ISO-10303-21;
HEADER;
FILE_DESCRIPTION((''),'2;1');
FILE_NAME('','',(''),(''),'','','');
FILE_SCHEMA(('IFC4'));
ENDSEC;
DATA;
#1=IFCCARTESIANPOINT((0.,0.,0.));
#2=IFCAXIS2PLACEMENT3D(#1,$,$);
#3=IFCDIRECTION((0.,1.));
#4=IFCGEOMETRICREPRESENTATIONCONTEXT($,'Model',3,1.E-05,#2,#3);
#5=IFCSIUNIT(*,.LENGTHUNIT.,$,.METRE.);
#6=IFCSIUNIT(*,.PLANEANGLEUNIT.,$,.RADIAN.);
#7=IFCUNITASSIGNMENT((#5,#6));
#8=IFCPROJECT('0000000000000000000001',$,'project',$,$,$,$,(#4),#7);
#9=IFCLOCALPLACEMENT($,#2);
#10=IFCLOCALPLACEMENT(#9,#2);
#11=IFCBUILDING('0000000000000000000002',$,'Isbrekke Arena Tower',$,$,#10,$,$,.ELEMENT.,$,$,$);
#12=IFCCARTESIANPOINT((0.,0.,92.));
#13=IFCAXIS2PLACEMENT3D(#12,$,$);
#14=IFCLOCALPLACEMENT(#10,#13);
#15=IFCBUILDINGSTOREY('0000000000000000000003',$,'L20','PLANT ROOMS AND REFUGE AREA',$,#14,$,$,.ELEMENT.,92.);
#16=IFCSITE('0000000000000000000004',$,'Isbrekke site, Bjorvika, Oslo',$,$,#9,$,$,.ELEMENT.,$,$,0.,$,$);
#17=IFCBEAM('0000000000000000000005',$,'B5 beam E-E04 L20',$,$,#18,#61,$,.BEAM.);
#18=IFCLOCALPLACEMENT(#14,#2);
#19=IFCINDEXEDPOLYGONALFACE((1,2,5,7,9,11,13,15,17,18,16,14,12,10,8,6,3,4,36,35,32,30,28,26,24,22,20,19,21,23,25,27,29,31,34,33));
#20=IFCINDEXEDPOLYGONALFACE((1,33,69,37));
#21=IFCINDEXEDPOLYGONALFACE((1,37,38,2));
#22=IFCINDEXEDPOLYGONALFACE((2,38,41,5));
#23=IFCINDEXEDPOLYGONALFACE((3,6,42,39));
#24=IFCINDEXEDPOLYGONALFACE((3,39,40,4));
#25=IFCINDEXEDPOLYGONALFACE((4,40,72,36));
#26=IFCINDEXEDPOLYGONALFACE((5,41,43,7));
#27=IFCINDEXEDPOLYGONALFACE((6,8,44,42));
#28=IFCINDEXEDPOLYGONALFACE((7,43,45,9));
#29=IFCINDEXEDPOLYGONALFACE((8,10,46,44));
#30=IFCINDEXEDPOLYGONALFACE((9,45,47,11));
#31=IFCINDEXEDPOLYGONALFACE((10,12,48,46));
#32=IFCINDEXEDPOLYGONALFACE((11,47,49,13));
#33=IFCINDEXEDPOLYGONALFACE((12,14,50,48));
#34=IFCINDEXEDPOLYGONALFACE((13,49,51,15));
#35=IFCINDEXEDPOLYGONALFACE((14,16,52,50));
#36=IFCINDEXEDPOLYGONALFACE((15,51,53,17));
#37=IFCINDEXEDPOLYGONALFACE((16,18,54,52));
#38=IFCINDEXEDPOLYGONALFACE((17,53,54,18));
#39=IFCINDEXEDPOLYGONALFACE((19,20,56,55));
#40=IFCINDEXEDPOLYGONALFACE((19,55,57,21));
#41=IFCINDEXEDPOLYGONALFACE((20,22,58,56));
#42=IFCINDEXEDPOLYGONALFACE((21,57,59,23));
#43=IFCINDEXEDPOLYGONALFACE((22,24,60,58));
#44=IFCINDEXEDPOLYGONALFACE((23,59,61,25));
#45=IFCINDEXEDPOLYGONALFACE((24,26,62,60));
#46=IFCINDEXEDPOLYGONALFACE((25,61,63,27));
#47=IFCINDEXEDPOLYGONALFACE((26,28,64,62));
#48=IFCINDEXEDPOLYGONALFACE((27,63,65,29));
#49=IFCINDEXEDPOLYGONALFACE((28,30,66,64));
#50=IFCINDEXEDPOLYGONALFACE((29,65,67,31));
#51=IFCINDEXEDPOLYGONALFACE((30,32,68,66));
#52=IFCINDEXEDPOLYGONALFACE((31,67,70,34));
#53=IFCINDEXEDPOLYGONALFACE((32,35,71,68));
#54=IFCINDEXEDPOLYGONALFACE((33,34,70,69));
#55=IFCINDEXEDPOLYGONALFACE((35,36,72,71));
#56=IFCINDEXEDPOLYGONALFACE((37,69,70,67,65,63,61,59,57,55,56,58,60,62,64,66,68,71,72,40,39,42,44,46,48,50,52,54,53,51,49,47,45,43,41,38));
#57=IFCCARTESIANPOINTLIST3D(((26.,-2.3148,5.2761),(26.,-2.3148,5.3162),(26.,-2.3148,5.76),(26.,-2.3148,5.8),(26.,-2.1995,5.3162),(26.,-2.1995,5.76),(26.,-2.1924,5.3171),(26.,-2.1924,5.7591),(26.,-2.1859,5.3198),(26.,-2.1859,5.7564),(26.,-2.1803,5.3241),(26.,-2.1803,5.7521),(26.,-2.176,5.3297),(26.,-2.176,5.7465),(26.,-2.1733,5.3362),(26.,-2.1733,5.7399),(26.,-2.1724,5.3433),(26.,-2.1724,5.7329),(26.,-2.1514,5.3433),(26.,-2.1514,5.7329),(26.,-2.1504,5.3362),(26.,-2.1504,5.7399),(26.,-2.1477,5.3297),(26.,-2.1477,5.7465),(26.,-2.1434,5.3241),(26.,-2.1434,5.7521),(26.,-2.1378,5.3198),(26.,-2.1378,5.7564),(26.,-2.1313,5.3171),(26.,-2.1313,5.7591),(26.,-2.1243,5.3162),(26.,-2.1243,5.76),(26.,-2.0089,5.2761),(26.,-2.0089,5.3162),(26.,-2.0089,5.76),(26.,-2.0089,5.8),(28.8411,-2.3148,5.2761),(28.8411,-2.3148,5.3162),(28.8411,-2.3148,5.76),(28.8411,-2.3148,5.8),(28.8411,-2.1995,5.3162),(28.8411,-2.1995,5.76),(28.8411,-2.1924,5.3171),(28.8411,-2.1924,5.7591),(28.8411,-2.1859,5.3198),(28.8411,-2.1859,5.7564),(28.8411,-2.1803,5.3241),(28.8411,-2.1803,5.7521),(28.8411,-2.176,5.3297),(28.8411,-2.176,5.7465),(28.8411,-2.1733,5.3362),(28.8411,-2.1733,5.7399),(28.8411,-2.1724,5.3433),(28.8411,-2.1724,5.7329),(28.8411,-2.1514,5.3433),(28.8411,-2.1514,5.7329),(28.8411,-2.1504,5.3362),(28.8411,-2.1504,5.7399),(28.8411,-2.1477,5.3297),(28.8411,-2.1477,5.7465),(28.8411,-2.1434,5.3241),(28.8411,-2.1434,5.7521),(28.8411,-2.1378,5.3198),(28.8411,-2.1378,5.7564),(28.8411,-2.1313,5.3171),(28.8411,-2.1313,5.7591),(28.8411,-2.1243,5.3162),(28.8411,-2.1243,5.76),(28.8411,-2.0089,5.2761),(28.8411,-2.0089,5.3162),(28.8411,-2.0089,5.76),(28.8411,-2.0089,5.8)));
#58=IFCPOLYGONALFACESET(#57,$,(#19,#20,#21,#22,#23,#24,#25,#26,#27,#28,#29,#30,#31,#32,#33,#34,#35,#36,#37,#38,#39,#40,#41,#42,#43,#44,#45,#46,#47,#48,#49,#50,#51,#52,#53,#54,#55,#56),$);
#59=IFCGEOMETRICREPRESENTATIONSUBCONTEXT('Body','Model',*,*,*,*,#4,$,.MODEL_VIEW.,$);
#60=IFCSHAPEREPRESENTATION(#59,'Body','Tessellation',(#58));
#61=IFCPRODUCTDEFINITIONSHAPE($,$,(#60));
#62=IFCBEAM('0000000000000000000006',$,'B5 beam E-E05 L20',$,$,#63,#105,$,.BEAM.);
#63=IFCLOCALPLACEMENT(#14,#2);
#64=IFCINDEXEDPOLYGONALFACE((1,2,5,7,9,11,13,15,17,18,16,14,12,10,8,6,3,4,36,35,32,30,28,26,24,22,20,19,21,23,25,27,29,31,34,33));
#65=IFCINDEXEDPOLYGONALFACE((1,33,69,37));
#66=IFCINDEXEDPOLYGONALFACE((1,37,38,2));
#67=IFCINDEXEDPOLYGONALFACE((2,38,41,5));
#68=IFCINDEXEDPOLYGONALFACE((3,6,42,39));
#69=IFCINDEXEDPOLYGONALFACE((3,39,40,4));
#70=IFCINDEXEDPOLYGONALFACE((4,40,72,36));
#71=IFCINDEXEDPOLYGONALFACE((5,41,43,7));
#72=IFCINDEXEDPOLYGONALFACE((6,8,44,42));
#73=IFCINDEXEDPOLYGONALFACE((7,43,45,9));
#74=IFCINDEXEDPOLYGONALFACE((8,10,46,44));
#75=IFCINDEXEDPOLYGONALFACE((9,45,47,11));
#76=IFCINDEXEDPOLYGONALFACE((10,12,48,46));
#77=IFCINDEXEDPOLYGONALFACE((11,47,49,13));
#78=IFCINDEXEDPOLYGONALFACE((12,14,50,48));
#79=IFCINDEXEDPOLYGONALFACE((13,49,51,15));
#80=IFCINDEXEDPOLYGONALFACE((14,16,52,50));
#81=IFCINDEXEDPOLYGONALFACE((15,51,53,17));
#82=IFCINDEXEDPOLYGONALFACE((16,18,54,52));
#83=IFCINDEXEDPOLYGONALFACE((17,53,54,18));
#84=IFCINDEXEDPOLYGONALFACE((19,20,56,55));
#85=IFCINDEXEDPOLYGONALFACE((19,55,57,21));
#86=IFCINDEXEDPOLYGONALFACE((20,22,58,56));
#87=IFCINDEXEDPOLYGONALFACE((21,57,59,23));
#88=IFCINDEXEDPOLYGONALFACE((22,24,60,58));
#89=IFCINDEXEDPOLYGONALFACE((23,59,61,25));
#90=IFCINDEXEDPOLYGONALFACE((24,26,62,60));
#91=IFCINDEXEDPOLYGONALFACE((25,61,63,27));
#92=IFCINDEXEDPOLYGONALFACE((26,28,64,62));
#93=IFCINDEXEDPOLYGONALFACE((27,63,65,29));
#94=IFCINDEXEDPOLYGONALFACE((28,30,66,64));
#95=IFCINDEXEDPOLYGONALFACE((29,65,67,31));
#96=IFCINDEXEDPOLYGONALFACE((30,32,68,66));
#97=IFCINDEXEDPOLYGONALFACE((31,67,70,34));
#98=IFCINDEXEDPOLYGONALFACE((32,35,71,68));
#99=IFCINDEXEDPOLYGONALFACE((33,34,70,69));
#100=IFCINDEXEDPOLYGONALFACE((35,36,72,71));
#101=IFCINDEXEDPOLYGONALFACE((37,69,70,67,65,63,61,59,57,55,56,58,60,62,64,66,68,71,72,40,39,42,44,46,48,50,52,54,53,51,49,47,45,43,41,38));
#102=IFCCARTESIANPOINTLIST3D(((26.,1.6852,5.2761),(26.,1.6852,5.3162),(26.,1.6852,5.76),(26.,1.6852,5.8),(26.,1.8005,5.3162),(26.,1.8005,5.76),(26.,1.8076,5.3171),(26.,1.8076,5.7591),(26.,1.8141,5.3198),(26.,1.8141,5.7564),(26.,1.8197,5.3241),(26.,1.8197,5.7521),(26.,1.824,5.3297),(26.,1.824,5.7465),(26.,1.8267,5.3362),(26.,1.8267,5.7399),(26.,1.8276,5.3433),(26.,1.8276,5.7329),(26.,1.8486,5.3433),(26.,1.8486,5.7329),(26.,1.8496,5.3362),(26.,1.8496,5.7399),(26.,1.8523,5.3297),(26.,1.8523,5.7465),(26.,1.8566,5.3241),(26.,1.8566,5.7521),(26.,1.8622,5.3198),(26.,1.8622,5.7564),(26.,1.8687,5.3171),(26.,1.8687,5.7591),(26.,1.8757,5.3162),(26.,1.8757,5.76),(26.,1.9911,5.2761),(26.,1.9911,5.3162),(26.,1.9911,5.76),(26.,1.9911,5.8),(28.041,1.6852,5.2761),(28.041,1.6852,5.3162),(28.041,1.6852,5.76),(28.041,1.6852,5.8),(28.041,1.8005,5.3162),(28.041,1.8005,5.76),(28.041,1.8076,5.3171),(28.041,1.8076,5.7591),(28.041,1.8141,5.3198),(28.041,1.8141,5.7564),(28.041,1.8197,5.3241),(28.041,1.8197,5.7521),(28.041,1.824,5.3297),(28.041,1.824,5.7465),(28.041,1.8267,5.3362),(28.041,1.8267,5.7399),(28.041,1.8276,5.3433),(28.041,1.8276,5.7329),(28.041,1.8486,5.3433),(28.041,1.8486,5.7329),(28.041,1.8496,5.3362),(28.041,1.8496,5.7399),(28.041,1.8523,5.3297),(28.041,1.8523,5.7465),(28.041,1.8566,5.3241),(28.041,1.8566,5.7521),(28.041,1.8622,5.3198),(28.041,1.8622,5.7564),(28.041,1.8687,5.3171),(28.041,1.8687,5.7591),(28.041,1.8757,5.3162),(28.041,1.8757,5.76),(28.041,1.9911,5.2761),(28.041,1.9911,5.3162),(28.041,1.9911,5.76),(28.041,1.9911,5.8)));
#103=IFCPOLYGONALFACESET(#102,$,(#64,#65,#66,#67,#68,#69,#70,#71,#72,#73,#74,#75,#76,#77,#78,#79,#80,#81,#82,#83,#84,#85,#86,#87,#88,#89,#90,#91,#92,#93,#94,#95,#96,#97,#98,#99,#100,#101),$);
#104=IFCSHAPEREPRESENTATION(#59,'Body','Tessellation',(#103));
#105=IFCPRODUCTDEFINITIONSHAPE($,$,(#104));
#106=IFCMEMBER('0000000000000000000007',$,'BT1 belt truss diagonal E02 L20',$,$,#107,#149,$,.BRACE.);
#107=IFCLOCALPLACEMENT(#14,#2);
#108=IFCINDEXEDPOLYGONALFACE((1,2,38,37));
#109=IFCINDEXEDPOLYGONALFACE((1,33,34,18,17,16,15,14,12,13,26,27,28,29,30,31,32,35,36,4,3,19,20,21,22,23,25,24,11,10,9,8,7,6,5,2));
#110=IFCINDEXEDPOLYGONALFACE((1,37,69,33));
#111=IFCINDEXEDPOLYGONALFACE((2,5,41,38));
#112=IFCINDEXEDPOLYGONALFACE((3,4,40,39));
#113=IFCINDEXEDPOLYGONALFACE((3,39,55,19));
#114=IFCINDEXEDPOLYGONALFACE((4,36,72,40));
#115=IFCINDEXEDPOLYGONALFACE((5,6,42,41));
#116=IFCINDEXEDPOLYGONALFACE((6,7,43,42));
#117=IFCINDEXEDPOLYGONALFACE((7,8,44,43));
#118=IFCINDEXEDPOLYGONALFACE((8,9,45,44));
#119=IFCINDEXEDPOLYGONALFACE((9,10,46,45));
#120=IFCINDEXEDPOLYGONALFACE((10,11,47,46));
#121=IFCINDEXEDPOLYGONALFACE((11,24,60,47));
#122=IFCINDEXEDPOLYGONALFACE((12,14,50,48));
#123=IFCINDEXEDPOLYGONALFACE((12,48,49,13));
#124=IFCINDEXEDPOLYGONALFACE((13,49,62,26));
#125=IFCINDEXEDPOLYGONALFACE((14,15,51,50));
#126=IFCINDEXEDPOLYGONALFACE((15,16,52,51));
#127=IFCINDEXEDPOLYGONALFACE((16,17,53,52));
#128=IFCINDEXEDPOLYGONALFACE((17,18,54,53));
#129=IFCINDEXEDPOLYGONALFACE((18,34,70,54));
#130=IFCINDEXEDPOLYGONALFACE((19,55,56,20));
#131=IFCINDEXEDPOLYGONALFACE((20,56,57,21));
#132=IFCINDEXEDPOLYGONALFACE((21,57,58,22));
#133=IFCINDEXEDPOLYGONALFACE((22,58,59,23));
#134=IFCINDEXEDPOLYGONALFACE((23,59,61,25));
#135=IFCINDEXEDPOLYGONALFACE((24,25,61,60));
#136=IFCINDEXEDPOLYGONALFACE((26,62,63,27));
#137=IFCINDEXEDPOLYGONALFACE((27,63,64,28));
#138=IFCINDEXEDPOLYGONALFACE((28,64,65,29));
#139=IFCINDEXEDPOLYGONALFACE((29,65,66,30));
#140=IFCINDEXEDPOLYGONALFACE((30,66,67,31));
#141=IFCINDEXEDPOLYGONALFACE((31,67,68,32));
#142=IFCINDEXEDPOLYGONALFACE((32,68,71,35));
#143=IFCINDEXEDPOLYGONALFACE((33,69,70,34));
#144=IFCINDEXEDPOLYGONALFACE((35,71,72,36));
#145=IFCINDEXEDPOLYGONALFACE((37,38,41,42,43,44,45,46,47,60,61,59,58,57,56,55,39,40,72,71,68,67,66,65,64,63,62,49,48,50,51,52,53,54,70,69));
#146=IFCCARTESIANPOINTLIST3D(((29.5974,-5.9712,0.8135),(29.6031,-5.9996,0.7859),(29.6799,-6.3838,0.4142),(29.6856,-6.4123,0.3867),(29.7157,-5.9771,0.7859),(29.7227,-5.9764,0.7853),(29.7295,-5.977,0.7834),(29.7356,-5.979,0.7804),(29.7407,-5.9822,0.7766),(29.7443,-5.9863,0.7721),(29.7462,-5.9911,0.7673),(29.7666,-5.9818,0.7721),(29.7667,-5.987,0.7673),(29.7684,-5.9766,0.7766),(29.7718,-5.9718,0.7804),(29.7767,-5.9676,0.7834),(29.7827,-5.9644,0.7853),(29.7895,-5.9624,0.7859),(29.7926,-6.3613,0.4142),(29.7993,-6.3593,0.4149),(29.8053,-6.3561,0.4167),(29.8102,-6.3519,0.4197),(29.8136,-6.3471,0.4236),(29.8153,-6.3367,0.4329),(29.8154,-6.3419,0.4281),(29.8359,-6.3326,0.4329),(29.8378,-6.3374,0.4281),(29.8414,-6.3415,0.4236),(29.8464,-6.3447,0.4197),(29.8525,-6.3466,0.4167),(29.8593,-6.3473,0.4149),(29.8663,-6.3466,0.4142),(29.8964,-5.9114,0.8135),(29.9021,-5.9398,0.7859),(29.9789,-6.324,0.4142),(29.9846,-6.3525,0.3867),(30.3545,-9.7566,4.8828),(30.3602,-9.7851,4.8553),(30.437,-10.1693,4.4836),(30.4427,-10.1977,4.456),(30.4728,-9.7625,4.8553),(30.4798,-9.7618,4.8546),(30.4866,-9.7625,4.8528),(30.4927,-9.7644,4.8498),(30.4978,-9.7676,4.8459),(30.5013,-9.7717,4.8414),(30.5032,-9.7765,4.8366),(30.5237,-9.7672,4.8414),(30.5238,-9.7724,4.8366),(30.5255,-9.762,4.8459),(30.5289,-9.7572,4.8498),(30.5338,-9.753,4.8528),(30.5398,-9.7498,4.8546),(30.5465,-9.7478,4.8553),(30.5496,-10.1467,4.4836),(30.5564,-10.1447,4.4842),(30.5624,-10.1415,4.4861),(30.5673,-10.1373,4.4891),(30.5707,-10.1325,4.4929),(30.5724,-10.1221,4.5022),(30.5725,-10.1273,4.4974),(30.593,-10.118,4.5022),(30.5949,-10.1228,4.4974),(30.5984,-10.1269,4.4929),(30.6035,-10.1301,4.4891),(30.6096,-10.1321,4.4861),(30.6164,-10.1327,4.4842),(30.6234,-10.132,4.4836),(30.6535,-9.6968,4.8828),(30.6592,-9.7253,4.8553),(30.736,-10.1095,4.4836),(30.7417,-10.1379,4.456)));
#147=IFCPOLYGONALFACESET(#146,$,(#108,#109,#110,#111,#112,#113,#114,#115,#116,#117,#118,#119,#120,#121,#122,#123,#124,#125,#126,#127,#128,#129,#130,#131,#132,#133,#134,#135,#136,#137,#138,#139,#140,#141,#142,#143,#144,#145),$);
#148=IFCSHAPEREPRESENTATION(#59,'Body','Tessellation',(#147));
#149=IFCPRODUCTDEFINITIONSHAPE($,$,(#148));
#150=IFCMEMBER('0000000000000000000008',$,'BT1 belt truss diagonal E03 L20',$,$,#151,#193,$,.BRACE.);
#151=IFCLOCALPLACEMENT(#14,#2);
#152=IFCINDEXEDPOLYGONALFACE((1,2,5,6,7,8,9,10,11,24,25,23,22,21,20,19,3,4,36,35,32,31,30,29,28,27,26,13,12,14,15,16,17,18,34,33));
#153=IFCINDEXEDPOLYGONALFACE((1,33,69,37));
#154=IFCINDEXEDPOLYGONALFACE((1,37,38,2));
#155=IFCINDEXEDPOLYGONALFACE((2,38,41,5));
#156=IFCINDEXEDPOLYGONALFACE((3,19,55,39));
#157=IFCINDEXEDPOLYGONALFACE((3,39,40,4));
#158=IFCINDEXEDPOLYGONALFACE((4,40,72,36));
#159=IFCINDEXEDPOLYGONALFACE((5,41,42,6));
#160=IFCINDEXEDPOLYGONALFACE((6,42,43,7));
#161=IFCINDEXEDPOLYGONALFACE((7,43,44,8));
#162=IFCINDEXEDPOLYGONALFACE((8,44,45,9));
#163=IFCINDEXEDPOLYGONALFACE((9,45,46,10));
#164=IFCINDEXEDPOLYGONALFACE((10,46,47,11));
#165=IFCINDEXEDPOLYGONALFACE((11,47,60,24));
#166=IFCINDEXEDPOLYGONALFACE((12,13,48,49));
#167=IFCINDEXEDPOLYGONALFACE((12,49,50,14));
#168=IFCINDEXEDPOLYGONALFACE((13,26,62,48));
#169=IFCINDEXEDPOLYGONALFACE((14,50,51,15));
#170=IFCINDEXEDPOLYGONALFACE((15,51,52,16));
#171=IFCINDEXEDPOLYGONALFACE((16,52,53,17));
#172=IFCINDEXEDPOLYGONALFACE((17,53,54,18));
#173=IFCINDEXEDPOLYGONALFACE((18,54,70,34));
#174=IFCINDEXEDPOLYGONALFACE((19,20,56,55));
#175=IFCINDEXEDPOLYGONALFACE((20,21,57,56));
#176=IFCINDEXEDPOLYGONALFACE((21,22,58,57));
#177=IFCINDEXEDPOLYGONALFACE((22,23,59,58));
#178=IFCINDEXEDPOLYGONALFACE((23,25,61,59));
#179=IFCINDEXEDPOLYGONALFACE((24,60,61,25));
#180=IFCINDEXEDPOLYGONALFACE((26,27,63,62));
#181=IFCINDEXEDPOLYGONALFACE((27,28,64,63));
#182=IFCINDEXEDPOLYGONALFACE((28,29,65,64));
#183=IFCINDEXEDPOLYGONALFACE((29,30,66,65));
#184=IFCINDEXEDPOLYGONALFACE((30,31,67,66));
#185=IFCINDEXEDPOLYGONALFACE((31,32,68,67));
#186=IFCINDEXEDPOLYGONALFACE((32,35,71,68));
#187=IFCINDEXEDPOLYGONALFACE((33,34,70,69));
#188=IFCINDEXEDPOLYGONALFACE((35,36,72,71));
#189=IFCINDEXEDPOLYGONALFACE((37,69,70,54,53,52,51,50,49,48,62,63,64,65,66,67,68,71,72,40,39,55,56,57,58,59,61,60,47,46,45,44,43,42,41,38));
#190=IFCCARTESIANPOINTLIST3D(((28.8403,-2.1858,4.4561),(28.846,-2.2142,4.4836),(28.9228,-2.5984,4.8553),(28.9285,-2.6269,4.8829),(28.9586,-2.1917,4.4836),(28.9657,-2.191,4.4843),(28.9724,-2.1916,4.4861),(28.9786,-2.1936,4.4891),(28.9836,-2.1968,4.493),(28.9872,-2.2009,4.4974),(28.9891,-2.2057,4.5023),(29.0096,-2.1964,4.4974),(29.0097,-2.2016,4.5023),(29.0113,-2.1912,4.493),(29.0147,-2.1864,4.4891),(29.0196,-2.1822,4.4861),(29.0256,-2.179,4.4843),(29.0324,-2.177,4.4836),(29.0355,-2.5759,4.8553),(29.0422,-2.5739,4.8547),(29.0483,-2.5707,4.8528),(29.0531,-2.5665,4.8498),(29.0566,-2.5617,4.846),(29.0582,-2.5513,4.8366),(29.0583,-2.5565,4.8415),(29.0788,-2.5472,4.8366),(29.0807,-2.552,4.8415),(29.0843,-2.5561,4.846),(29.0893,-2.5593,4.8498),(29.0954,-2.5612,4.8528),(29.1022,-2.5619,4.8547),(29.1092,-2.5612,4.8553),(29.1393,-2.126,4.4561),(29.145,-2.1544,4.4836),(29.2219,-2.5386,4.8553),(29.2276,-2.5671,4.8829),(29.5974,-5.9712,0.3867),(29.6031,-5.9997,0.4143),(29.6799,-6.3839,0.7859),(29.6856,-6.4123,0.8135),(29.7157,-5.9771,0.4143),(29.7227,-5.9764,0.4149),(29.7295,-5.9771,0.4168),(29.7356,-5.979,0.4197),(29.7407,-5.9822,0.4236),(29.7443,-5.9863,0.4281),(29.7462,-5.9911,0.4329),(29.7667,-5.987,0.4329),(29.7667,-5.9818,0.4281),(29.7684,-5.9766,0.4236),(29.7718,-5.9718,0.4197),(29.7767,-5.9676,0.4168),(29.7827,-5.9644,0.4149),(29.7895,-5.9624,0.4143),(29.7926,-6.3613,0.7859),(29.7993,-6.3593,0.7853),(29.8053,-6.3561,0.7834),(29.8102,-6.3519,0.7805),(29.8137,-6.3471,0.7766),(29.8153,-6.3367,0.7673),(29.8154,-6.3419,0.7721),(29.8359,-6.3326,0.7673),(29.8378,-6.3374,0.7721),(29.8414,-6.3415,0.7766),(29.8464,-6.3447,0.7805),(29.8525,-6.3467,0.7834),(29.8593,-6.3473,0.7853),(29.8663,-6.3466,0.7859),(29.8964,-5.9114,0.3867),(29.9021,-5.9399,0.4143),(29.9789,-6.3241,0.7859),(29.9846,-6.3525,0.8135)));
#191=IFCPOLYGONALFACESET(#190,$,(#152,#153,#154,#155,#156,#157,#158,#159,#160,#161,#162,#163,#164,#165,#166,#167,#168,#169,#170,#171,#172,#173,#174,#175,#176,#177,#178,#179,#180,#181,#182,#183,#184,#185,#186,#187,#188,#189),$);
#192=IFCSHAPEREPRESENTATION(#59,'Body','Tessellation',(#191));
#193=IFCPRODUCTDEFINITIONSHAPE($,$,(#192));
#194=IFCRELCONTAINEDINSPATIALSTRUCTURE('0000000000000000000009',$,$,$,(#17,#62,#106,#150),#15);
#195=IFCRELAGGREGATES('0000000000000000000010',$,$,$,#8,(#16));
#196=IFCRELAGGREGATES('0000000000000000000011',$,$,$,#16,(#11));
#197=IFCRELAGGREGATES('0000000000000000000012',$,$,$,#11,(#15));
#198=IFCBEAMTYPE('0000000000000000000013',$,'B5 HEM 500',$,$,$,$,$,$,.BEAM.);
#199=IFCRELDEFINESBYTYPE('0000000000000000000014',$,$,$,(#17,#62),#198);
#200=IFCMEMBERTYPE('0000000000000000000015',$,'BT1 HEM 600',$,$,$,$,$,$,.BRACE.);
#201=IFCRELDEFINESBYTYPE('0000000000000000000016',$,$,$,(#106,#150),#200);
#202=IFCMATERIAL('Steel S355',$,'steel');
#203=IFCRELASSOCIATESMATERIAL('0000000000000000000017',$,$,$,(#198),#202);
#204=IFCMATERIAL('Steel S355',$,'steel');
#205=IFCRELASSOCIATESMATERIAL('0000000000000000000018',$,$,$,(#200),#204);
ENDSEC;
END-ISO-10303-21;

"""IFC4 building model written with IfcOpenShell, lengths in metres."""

from ifc_helpers import new_model, si_unit, direction, frame, origin, origin_2d, place, context, subcontext, project, spatial, i_section, extrude, material, material_profile, profile_set, type_object, element, save


model = new_model("IFC4")

# Units and contexts
model_context = context("Model", 3, precision=1e-05, world=origin(), true_north=direction((0.0, 1.0)))
body_context = subcontext(model_context, "Body", "Model", "MODEL_VIEW")
ifc_project = project(units=[si_unit("LENGTHUNIT", "METRE"), si_unit("PLANEANGLEUNIT", "RADIAN")], contexts=[model_context])

# Site, building, storey
site_placement = place(None, origin())
site = spatial("IfcSite", under=ifc_project, at=site_placement, Name="Isbrekke site, Bjorvika, Oslo", CompositionType="ELEMENT", RefElevation=0.0)
building_placement = place(site_placement, origin())
building = spatial("IfcBuilding", under=site, at=building_placement, Name="Isbrekke Arena Tower", CompositionType="ELEMENT")
storey_placement = place(building_placement, frame((0.0, 0.0, 92.0)))
storey = spatial("IfcBuildingStorey", under=building, at=storey_placement, Name="L20", Description="PLANT ROOMS AND REFUGE AREA", CompositionType="ELEMENT", Elevation=92.0)

# Beams
ifc_material_1 = material(Name="Steel S355", Category="steel")
ifc_material_profile_1 = material_profile(ifc_material_1, i_section(OverallWidth=0.3059, OverallDepth=0.5239, WebThickness=0.021, FlangeThickness=0.04, FilletRadius=0.0271, at=origin_2d()), Name="HEM 500")
ifc_profile_set_1 = profile_set([ifc_material_profile_1], Name="Steel S355")
beam_type_1 = type_object("IfcBeamType", Name="B5 HEM 500", PredefinedType="BEAM", material=ifc_profile_set_1)
beam_1_placement = place(storey_placement, frame((28.8411, -2.1619, 5.5381), z_axis=(-1.0, 0.0, 0.0), x_axis=(0.0, -1.0, 0.0)))
element("IfcBeam", 1, at=beam_1_placement, inside=storey, type_object=beam_type_1, Name="B5 beam E-E04 L20", PredefinedType="BEAM", context=body_context, shape_type="SweptSolid", body=[
    extrude(i_section(OverallWidth=0.3059, OverallDepth=0.5239, WebThickness=0.021, FlangeThickness=0.04, FilletRadius=0.0271, at=origin_2d()), origin(), (0.0, 0.0, 1.0), 2.8411),
])
beam_2_placement = place(storey_placement, frame((28.041, 1.8381, 5.5381), z_axis=(-1.0, 0.0, 0.0), x_axis=(0.0, -1.0, 0.0)))
element("IfcBeam", 2, at=beam_2_placement, inside=storey, type_object=beam_type_1, Name="B5 beam E-E05 L20", PredefinedType="BEAM", context=body_context, shape_type="SweptSolid", body=[
    extrude(i_section(OverallWidth=0.3059, OverallDepth=0.5239, WebThickness=0.021, FlangeThickness=0.04, FilletRadius=0.0271, at=origin_2d()), origin(), (0.0, 0.0, 1.0), 2.041),
])

# Members
ifc_material_2 = material(Name="Steel S355", Category="steel")
ifc_material_profile_2 = material_profile(ifc_material_2, i_section(OverallWidth=0.3049, OverallDepth=0.6201, WebThickness=0.021, FlangeThickness=0.04, FilletRadius=0.0271, at=origin_2d()), Name="HEM 600")
ifc_profile_set_2 = profile_set([ifc_material_profile_2], Name="Steel S355")
member_type_1 = type_object("IfcMemberType", Name="BT1 HEM 600", PredefinedType="BRACE", material=ifc_profile_set_2)
for number, where, z_axis, x_axis, name in (
    (3, (30.5481, -9.9473, 4.6694), (-0.134974, 0.674869, -0.725489), (-0.980581, -0.196116, 0.0), "BT1 belt truss diagonal E02 L20"),
    (4, (29.791, -6.1619, 0.6001), (-0.134974, 0.674869, 0.725489), (-0.980581, -0.196116, 0.0), "BT1 belt truss diagonal E03 L20"),
):
    element("IfcMember", number, at=place(storey_placement, frame(where, z_axis=z_axis, x_axis=x_axis)), inside=storey, type_object=member_type_1, Name=name, PredefinedType="BRACE", context=body_context, shape_type="SweptSolid", body=[
        extrude(i_section(OverallWidth=0.3049, OverallDepth=0.6201, WebThickness=0.021, FlangeThickness=0.04, FilletRadius=0.0271, at=origin_2d()), origin(), (0.0, 0.0, 1.0), 5.6091),
    ])

save(model, "model.ifc")
